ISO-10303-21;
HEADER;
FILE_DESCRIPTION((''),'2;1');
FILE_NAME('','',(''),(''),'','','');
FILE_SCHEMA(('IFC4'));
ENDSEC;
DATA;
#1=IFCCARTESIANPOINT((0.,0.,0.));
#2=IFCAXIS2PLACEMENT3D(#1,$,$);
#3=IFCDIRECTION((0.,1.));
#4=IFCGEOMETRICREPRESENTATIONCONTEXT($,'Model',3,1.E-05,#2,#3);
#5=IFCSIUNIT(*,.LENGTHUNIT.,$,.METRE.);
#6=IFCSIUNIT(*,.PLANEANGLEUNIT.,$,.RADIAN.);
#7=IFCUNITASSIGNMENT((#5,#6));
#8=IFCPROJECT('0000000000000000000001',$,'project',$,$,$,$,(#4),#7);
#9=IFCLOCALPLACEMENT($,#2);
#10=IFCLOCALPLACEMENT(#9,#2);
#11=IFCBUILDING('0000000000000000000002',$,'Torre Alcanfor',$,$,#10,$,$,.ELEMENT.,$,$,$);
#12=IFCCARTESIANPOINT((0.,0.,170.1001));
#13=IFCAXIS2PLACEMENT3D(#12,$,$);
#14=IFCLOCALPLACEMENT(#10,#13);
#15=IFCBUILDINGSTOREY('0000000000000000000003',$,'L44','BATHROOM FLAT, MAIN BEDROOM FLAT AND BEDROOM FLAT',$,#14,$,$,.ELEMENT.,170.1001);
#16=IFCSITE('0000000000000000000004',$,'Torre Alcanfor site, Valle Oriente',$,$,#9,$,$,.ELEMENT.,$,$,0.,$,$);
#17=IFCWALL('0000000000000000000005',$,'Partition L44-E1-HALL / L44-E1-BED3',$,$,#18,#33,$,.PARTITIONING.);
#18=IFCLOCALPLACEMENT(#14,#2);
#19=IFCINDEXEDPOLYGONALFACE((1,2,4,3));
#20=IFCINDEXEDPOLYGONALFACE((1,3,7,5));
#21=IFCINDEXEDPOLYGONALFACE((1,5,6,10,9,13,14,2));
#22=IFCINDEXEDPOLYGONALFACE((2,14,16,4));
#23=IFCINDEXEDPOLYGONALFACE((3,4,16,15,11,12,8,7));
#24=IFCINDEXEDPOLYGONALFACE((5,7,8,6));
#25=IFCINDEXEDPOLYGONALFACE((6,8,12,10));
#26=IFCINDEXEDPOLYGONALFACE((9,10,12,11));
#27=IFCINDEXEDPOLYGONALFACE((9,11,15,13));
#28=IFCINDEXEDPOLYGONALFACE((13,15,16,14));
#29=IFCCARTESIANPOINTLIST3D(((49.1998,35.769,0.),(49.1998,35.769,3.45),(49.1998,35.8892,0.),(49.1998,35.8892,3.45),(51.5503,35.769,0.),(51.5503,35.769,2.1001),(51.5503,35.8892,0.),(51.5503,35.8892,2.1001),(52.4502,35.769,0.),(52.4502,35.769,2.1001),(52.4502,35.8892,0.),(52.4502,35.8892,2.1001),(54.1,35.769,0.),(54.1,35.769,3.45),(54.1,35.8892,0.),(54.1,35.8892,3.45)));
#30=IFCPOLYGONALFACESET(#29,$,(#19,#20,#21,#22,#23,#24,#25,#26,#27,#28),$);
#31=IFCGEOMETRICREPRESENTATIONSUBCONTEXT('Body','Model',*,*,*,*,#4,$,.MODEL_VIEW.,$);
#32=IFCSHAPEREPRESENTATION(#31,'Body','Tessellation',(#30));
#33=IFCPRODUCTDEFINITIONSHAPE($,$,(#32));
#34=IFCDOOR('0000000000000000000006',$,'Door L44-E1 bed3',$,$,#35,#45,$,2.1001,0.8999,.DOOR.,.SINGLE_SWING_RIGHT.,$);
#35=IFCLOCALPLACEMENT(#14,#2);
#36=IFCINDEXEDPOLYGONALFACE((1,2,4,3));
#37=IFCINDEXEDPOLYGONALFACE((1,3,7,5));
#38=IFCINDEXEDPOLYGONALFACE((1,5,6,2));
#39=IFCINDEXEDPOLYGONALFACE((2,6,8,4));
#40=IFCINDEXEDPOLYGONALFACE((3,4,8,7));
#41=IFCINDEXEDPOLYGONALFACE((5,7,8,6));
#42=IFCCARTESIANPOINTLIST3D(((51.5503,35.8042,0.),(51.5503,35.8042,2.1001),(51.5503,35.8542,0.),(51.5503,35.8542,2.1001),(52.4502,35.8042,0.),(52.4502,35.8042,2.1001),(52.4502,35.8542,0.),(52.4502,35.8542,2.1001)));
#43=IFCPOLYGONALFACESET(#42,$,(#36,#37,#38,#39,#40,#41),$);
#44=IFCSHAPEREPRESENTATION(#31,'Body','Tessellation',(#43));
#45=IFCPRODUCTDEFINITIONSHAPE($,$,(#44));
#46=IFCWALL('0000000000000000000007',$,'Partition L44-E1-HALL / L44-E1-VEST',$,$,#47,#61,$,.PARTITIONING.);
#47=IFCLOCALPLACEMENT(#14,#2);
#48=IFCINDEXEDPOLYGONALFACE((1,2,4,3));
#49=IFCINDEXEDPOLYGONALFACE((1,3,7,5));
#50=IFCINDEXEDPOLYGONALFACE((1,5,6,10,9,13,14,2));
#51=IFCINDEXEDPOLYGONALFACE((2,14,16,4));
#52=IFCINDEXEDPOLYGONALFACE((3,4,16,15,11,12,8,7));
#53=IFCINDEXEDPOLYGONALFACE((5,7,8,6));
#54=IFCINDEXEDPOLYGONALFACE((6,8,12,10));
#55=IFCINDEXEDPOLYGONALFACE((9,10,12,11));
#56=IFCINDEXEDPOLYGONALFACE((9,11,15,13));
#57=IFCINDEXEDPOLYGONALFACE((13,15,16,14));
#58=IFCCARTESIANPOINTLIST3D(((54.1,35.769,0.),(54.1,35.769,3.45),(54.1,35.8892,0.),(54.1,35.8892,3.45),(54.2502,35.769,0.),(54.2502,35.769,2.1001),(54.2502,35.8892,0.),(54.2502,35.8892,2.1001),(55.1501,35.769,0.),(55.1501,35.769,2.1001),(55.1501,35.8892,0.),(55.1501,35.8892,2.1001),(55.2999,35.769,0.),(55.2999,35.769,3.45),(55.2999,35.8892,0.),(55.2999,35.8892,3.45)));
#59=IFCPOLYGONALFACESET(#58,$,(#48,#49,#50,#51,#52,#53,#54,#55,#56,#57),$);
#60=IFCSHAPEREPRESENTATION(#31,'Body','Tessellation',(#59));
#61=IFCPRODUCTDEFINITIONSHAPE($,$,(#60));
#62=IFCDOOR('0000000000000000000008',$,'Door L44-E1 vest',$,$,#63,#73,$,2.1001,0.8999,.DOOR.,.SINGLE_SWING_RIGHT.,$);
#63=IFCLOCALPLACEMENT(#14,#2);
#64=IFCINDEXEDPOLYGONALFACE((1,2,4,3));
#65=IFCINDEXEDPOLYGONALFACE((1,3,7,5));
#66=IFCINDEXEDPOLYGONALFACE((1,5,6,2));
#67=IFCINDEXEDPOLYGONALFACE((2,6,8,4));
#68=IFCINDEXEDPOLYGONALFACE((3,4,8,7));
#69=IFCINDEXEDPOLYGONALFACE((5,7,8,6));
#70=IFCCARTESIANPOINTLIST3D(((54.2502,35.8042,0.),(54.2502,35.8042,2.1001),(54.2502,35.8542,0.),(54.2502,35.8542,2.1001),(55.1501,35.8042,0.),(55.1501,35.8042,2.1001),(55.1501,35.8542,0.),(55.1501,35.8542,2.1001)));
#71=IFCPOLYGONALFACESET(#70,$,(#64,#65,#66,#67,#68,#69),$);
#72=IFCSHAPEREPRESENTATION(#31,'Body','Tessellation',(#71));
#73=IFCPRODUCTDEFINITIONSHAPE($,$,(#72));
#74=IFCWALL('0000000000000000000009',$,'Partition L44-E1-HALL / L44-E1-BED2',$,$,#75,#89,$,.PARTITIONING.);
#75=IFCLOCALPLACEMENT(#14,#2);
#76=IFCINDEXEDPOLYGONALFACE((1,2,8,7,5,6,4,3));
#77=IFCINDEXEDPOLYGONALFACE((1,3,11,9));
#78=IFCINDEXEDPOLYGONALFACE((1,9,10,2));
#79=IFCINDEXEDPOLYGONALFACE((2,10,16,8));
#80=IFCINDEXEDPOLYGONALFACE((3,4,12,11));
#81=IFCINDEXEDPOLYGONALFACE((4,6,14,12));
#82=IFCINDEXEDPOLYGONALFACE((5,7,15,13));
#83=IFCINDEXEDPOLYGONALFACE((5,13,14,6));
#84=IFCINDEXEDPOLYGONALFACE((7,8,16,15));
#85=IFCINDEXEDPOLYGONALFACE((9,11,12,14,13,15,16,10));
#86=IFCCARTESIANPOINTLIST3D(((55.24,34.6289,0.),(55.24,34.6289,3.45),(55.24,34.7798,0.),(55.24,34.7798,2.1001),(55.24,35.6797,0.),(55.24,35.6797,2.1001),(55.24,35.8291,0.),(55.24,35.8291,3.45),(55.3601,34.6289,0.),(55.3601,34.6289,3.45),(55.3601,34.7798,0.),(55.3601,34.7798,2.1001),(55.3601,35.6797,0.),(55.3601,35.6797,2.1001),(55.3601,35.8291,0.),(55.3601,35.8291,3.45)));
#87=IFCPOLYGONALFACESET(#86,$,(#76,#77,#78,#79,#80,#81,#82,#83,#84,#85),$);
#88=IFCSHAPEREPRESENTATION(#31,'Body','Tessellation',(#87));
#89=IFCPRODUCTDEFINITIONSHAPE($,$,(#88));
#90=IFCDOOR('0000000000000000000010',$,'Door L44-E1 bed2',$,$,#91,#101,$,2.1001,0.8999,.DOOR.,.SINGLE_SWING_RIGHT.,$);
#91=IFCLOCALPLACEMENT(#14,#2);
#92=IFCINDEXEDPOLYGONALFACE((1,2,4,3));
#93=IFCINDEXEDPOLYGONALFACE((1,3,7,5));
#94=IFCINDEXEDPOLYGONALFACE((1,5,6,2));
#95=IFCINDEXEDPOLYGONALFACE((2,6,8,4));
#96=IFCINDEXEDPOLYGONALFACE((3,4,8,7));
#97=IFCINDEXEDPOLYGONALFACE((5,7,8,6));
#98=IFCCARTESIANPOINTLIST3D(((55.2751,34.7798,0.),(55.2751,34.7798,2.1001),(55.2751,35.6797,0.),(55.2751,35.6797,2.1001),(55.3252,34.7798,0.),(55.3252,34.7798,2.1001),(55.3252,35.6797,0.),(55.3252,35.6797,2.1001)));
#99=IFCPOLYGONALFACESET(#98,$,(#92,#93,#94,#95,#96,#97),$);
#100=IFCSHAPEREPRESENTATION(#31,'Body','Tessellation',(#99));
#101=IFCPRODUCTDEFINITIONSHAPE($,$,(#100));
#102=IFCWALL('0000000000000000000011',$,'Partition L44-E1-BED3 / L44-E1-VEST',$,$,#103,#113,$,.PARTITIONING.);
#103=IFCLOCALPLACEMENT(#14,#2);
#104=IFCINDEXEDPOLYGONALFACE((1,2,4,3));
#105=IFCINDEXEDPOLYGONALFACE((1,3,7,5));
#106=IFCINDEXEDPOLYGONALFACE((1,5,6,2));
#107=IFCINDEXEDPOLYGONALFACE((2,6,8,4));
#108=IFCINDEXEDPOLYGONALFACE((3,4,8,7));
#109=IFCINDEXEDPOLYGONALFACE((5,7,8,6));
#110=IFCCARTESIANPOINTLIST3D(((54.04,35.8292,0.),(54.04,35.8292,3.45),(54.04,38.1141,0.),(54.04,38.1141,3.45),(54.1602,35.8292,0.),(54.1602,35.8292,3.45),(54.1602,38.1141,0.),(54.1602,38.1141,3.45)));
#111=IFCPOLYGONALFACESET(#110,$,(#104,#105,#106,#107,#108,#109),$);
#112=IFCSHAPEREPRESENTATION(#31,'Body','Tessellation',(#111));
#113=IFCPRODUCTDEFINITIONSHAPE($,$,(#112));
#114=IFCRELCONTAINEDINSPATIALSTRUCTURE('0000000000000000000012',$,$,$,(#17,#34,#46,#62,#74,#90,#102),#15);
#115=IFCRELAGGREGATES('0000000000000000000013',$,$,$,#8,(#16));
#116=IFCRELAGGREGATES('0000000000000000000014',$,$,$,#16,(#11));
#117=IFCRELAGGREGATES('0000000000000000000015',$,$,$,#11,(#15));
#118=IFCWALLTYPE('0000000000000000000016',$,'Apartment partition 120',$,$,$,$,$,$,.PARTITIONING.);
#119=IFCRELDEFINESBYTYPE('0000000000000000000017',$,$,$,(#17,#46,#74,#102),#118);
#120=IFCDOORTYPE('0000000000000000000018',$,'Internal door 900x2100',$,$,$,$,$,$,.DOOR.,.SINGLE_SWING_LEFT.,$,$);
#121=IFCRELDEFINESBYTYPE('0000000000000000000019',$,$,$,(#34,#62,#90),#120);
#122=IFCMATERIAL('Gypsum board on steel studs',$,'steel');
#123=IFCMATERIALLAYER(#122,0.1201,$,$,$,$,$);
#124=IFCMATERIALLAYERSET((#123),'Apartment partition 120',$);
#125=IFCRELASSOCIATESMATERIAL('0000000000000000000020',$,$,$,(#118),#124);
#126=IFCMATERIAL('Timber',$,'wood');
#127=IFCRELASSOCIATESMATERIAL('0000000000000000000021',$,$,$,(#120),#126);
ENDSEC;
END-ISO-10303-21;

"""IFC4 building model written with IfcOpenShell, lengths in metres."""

from ifc_helpers import new_model, si_unit, direction, frame, frame_2d, origin, place, context, subcontext, project, spatial, rectangle, extrude, material, layer, layer_set, type_object, element, fill, save


model = new_model("IFC4")

# Units and contexts
model_context = context("Model", 3, precision=1e-05, world=origin(), true_north=direction((0.0, 1.0)))
body_context = subcontext(model_context, "Body", "Model", "MODEL_VIEW")
ifc_project = project(units=[si_unit("LENGTHUNIT", "METRE"), si_unit("PLANEANGLEUNIT", "RADIAN")], contexts=[model_context])

# Site, building, storey
site_placement = place(None, origin())
site = spatial("IfcSite", under=ifc_project, at=site_placement, Name="Torre Alcanfor site, Valle Oriente", CompositionType="ELEMENT", RefElevation=0.0)
building_placement = place(site_placement, origin())
building = spatial("IfcBuilding", under=site, at=building_placement, Name="Torre Alcanfor", CompositionType="ELEMENT")
storey_placement = place(building_placement, frame((0.0, 0.0, 170.1001)))
storey = spatial("IfcBuildingStorey", under=building, at=storey_placement, Name="L44", Description="BATHROOM FLAT, MAIN BEDROOM FLAT AND BEDROOM FLAT", CompositionType="ELEMENT", Elevation=170.1001)

# Shared definitions
ifc_material_1 = material(Name="Gypsum board on steel studs", Category="steel")
ifc_layer_1 = layer(ifc_material_1, 0.1201)
ifc_layer_set_1 = layer_set([ifc_layer_1], Name="Apartment partition 120")
wall_type = type_object("IfcWallType", Name="Apartment partition 120", PredefinedType="PARTITIONING", material=ifc_layer_set_1)

# Shared definitions
ifc_material_2 = material(Name="Timber", Category="wood")
door_type = type_object("IfcDoorType", Name="Internal door 900x2100", OperationType="SINGLE_SWING_LEFT", PredefinedType="DOOR", material=ifc_material_2)

# Walls, openings, doors
wall_1_placement = place(storey_placement, frame((54.1001, 35.8291, 0.0), z_axis=(0.0, 0.0, 1.0), x_axis=(-1.0, 0.0, 0.0)))
wall_1 = element("IfcWall", 1, at=wall_1_placement, inside=storey, type_object=wall_type, Name="Partition L44-E1-HALL / L44-E1-BED3", PredefinedType="PARTITIONING", context=body_context, shape_type="SweptSolid", body=[
    extrude(rectangle(XDim=4.9001, YDim=0.1201, at=frame_2d((2.4502, 0.0))), origin(), (0.0, 0.0, 1.0), 3.45),
])
opening_1_placement = place(wall_1_placement, frame((1.6499, 0.0, 0.0)))
opening_1 = element("IfcOpeningElement", 2, at=opening_1_placement, cuts=wall_1, PredefinedType="OPENING", context=body_context, shape_type="SweptSolid", body=[
    extrude(rectangle(XDim=0.8999, YDim=2.1001, at=frame_2d((0.45, 1.05))), frame((0.0, 0.0701, 0.0), z_axis=(0.0, -1.0, 0.0), x_axis=(1.0, 0.0, 0.0)), (0.0, 0.0, 1.0), 0.1401),
])
door_1_placement = place(opening_1_placement, frame((0.8999, 0.0, 0.0), z_axis=(0.0, 0.0, 1.0), x_axis=(-1.0, 0.0, 0.0)))
door_1 = element("IfcDoor", 3, at=door_1_placement, inside=storey, type_object=door_type, Name="Door L44-E1 bed3", OperationType="SINGLE_SWING_RIGHT", OverallHeight=2.1001, OverallWidth=0.8999, PredefinedType="DOOR", context=body_context, shape_type="SweptSolid", body=[
    extrude(rectangle(XDim=0.8999, YDim=2.1001, at=frame_2d((0.45, 1.05))), frame((0.0, 0.0251, 0.0), z_axis=(0.0, -1.0, 0.0), x_axis=(1.0, 0.0, 0.0)), (0.0, 0.0, 1.0), 0.05),
])
fill(opening_1, door_1)
wall_2_placement = place(storey_placement, frame((55.3, 35.8291, 0.0), z_axis=(0.0, 0.0, 1.0), x_axis=(-1.0, 0.0, 0.0)))
wall_2 = element("IfcWall", 4, at=wall_2_placement, inside=storey, type_object=wall_type, Name="Partition L44-E1-HALL / L44-E1-VEST", PredefinedType="PARTITIONING", context=body_context, shape_type="SweptSolid", body=[
    extrude(rectangle(XDim=1.2, YDim=0.1201, at=frame_2d((0.6001, 0.0))), origin(), (0.0, 0.0, 1.0), 3.45),
])
opening_2_placement = place(wall_2_placement, frame((0.1499, 0.0, 0.0)))
opening_2 = element("IfcOpeningElement", 5, at=opening_2_placement, cuts=wall_2, PredefinedType="OPENING", context=body_context, shape_type="SweptSolid", body=[
    extrude(rectangle(XDim=0.8999, YDim=2.1001, at=frame_2d((0.45, 1.05))), frame((0.0, 0.0701, 0.0), z_axis=(0.0, -1.0, 0.0), x_axis=(1.0, 0.0, 0.0)), (0.0, 0.0, 1.0), 0.1401),
])
door_2_placement = place(opening_2_placement, frame((0.8999, 0.0, 0.0), z_axis=(0.0, 0.0, 1.0), x_axis=(-1.0, 0.0, 0.0)))
door_2 = element("IfcDoor", 6, at=door_2_placement, inside=storey, type_object=door_type, Name="Door L44-E1 vest", OperationType="SINGLE_SWING_RIGHT", OverallHeight=2.1001, OverallWidth=0.8999, PredefinedType="DOOR", context=body_context, shape_type="SweptSolid", body=[
    extrude(rectangle(XDim=0.8999, YDim=2.1001, at=frame_2d((0.45, 1.05))), frame((0.0, 0.0251, 0.0), z_axis=(0.0, -1.0, 0.0), x_axis=(1.0, 0.0, 0.0)), (0.0, 0.0, 1.0), 0.05),
])
fill(opening_2, door_2)
wall_3_placement = place(storey_placement, frame((55.3, 34.6289, 0.0), z_axis=(0.0, 0.0, 1.0), x_axis=(0.0, 1.0, 0.0)))
wall_3 = element("IfcWall", 7, at=wall_3_placement, inside=storey, type_object=wall_type, Name="Partition L44-E1-HALL / L44-E1-BED2", PredefinedType="PARTITIONING", context=body_context, shape_type="SweptSolid", body=[
    extrude(rectangle(XDim=1.2002, YDim=0.1201, at=frame_2d((0.6001, 0.0))), origin(), (0.0, 0.0, 1.0), 3.45),
])
opening_3_placement = place(wall_3_placement, frame((0.1509, 0.0, 0.0)))
opening_3 = element("IfcOpeningElement", 8, at=opening_3_placement, cuts=wall_3, PredefinedType="OPENING", context=body_context, shape_type="SweptSolid", body=[
    extrude(rectangle(XDim=0.8999, YDim=2.1001, at=frame_2d((0.45, 1.05))), frame((0.0, 0.0701, 0.0), z_axis=(0.0, -1.0, 0.0), x_axis=(1.0, 0.0, 0.0)), (0.0, 0.0, 1.0), 0.1401),
])
door_3_placement = place(opening_3_placement, frame((0.8999, 0.0, 0.0), z_axis=(0.0, 0.0, 1.0), x_axis=(-1.0, 0.0, 0.0)))
door_3 = element("IfcDoor", 9, at=door_3_placement, inside=storey, type_object=door_type, Name="Door L44-E1 bed2", OperationType="SINGLE_SWING_RIGHT", OverallHeight=2.1001, OverallWidth=0.8999, PredefinedType="DOOR", context=body_context, shape_type="SweptSolid", body=[
    extrude(rectangle(XDim=0.8999, YDim=2.1001, at=frame_2d((0.45, 1.05))), frame((0.0, 0.0251, 0.0), z_axis=(0.0, -1.0, 0.0), x_axis=(1.0, 0.0, 0.0)), (0.0, 0.0, 1.0), 0.05),
])
fill(opening_3, door_3)

# Wall
wall_4_placement = place(storey_placement, frame((54.1001, 35.8291, 0.0), z_axis=(0.0, 0.0, 1.0), x_axis=(0.0, 1.0, 0.0)))
element("IfcWall", 10, at=wall_4_placement, inside=storey, type_object=wall_type, Name="Partition L44-E1-BED3 / L44-E1-VEST", PredefinedType="PARTITIONING", context=body_context, shape_type="SweptSolid", body=[
    extrude(rectangle(XDim=2.2849, YDim=0.1201, at=frame_2d((1.1426, 0.0))), origin(), (0.0, 0.0, 1.0), 3.45),
])

save(model, "model.ifc")
